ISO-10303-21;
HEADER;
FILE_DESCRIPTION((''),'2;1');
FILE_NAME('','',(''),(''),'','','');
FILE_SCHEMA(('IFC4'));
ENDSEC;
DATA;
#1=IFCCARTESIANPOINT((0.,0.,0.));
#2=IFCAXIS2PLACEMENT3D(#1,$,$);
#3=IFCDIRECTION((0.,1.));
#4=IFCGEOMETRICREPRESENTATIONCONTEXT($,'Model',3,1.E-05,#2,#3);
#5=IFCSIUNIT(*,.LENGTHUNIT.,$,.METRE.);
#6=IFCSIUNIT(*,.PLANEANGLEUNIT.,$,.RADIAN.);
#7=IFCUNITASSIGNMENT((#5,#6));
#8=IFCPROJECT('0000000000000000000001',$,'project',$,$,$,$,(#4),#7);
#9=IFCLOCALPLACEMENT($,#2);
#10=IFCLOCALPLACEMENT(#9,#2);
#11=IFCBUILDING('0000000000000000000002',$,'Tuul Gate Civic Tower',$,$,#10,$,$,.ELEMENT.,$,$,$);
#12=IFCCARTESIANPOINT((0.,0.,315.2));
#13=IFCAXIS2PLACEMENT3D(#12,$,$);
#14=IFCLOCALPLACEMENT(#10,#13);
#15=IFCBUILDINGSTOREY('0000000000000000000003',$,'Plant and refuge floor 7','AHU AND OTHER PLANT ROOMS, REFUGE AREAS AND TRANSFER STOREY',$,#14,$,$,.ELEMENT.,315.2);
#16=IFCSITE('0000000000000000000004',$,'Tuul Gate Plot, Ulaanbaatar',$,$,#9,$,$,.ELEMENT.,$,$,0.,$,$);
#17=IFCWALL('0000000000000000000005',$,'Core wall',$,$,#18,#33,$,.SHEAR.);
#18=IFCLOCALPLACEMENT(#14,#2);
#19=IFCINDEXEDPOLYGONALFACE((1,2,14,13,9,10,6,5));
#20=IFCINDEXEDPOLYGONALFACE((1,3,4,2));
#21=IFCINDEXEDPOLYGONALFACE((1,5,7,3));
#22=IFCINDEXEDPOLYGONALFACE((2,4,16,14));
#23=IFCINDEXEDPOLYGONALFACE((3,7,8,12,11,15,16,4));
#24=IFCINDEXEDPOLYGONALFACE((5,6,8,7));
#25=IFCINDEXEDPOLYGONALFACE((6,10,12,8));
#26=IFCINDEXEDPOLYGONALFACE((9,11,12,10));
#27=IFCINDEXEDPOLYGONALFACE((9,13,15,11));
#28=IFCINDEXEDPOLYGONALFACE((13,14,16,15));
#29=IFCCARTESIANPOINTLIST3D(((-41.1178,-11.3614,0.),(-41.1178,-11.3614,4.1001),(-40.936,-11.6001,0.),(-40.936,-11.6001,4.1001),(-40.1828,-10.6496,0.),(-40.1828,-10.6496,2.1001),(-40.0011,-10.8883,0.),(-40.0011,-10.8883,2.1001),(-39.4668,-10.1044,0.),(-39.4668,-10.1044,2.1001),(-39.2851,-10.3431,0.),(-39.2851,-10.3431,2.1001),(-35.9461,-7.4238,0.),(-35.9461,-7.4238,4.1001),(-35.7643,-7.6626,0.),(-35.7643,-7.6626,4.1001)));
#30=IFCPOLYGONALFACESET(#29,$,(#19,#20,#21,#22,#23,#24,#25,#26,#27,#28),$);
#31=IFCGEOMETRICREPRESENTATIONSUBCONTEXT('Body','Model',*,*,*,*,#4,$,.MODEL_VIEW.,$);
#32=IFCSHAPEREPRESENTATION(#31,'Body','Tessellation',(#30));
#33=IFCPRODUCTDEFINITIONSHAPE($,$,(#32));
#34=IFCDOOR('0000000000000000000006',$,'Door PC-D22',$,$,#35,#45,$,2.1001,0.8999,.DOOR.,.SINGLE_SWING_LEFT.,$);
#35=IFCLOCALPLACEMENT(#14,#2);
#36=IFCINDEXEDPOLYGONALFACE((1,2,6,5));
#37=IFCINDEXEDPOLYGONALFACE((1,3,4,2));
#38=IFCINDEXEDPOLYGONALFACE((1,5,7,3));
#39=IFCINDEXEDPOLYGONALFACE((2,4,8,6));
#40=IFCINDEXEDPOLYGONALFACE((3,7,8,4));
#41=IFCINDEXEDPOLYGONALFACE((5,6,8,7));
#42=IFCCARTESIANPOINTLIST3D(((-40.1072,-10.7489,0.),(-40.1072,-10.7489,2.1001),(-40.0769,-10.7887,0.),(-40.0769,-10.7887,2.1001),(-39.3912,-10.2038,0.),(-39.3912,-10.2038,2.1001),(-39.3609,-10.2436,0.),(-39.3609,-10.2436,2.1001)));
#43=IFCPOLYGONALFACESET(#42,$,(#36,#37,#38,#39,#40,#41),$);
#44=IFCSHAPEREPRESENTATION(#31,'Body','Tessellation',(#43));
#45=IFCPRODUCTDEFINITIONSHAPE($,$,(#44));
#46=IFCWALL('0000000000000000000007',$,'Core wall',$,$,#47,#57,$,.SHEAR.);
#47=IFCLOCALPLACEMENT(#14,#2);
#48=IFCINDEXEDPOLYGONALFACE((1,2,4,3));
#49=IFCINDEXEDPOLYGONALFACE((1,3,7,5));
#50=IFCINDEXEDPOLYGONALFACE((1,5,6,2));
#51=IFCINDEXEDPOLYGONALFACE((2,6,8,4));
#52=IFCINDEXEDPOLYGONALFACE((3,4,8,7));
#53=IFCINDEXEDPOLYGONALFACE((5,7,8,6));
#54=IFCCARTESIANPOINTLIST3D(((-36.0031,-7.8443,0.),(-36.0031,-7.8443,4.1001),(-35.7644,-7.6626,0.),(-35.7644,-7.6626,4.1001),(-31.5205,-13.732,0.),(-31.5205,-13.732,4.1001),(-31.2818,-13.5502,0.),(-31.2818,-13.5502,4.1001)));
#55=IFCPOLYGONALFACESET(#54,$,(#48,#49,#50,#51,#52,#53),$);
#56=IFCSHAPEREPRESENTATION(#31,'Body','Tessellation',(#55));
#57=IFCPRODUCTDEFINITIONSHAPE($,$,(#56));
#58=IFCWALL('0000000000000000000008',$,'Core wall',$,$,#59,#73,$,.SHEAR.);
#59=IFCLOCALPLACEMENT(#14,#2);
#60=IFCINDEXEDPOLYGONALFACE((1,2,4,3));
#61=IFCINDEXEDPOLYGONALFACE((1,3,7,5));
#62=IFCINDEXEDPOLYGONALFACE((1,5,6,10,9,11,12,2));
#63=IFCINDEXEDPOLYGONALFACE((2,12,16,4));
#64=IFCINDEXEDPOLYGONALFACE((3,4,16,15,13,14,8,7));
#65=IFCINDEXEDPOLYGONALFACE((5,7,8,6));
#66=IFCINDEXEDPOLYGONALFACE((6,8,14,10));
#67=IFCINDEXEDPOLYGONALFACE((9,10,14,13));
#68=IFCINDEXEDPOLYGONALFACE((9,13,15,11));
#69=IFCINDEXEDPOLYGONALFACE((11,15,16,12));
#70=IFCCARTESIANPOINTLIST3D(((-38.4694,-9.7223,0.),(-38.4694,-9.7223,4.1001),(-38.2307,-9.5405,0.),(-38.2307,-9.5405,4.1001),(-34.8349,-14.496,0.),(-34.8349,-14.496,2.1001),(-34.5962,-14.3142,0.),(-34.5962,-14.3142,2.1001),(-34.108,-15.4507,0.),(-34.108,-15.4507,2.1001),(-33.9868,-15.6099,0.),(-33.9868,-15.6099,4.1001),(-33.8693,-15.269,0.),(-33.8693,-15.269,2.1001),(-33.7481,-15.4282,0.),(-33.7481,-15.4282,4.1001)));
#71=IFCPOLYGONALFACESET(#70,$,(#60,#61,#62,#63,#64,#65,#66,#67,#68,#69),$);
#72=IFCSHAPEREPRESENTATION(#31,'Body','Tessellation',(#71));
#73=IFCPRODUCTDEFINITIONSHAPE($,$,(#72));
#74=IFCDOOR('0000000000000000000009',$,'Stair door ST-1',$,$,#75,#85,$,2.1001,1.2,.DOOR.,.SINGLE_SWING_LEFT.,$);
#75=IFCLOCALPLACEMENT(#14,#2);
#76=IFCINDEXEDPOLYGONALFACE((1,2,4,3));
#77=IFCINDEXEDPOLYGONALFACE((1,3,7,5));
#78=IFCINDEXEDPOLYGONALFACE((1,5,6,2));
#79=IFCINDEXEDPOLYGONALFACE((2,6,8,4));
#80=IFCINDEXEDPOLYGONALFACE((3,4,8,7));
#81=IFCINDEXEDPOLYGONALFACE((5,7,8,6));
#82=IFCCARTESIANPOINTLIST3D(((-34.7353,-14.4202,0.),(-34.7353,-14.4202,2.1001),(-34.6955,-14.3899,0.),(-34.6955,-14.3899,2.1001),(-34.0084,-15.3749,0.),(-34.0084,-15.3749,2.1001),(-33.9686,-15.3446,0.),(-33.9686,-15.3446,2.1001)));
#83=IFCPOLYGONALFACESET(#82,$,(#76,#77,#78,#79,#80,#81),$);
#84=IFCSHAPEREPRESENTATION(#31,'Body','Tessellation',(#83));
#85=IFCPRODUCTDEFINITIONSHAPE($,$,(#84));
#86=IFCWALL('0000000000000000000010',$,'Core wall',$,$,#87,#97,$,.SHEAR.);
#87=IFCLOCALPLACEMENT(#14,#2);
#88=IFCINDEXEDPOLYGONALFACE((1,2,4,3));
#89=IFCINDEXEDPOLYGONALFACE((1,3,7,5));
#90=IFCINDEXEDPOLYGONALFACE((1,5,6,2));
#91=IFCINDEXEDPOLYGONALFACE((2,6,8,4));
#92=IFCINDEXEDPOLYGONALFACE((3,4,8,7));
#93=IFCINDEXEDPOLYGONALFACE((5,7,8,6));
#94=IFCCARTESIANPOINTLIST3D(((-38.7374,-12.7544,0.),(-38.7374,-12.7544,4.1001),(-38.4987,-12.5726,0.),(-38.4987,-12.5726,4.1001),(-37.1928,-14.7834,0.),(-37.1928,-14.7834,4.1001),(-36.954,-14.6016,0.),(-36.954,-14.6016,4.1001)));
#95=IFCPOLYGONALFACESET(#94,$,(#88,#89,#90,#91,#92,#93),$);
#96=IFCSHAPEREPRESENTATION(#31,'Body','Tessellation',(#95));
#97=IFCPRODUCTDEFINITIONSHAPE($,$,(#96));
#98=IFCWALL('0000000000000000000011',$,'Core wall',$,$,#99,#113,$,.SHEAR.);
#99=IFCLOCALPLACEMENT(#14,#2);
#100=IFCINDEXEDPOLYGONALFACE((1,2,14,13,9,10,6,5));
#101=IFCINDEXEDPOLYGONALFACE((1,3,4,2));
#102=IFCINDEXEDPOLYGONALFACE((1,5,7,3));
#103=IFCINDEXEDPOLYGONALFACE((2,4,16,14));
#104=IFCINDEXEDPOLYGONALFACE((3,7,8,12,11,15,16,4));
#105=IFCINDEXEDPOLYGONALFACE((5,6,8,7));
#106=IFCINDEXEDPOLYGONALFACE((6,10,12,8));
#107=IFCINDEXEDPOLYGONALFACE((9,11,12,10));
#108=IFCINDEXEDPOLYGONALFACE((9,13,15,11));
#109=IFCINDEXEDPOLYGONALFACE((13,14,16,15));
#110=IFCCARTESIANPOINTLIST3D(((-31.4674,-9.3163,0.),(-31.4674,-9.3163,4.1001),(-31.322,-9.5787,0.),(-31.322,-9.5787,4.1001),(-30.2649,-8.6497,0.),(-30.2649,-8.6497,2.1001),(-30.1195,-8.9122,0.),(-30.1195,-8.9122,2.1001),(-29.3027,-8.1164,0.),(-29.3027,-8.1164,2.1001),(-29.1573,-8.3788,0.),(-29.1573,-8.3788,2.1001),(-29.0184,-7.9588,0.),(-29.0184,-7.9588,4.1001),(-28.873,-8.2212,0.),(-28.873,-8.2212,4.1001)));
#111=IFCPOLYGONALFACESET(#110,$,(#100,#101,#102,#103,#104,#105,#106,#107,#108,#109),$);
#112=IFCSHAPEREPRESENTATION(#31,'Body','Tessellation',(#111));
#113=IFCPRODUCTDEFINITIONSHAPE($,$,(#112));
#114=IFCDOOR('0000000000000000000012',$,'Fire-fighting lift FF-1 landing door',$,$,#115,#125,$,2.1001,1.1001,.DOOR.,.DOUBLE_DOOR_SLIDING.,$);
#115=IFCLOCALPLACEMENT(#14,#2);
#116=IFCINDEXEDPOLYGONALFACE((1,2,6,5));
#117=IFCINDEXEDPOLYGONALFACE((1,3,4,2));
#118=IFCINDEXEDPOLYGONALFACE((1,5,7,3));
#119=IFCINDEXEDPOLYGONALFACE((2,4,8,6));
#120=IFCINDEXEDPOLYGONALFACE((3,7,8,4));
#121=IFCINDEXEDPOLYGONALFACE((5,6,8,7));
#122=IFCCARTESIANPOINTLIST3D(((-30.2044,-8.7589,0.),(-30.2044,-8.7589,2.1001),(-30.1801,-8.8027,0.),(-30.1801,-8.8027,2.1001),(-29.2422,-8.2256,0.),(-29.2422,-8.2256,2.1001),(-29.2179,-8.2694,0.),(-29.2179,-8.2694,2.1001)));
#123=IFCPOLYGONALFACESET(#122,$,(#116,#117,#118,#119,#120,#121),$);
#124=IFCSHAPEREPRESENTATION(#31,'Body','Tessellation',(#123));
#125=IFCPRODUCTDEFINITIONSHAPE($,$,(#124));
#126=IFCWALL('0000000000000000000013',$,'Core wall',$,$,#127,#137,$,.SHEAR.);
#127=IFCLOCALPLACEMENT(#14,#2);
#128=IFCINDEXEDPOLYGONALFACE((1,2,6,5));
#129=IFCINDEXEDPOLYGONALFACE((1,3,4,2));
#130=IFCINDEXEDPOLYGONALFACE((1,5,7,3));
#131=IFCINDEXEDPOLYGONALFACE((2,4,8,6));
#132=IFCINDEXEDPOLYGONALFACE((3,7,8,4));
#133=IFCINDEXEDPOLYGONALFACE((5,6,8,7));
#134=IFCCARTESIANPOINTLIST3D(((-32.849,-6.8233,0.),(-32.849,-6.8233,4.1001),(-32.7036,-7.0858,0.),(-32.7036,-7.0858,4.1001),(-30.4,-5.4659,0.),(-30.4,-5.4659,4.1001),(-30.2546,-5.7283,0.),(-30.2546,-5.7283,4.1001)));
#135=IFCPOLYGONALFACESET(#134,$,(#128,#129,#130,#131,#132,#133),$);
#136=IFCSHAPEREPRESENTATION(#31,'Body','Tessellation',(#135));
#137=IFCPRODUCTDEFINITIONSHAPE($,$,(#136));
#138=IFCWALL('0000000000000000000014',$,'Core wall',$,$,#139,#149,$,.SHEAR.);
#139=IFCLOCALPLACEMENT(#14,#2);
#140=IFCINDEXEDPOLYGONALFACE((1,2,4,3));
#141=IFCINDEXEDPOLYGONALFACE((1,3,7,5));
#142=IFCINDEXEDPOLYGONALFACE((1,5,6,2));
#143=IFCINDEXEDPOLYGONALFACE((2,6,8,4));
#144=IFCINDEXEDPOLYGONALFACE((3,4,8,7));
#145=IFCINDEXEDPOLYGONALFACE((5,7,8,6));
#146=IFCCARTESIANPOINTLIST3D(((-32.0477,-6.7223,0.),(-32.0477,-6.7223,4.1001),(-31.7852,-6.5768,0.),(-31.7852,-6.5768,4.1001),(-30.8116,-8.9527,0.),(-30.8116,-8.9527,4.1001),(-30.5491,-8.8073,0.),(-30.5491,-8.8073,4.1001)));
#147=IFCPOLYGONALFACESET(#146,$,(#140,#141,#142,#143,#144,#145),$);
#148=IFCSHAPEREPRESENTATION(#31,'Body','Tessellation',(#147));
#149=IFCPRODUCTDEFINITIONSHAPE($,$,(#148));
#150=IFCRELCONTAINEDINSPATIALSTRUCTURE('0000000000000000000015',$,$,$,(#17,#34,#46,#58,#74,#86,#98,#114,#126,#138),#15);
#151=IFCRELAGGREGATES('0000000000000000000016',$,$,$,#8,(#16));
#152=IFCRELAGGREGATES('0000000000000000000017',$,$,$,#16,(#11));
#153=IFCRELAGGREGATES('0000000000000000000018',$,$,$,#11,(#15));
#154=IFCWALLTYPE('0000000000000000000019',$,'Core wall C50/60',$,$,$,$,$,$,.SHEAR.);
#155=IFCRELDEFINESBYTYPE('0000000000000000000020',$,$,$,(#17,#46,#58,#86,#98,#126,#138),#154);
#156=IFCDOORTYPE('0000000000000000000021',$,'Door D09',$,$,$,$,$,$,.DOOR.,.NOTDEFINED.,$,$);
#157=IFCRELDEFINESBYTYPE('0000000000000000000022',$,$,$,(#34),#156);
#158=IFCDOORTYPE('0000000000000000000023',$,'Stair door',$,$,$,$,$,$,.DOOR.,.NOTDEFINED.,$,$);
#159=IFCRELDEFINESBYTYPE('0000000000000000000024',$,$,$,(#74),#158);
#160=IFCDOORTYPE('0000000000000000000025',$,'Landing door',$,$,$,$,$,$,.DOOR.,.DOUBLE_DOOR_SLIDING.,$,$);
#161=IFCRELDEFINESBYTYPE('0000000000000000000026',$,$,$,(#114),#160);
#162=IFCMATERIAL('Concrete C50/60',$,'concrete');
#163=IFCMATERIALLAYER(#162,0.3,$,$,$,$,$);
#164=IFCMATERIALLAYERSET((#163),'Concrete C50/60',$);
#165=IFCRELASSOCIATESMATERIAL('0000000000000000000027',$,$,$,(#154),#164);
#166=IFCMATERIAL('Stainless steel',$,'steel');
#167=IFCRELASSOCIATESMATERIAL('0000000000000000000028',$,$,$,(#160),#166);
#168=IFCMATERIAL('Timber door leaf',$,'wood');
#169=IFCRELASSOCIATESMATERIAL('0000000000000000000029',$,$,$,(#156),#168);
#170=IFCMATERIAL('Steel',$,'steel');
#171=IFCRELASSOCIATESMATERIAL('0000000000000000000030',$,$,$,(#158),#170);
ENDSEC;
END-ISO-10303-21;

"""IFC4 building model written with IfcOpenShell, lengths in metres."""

from ifc_helpers import new_model, si_unit, direction, frame, frame_2d, origin, place, context, subcontext, project, spatial, rectangle, extrude, material, layer, layer_set, type_object, element, fill, save


model = new_model("IFC4")

# Units and contexts
model_context = context("Model", 3, precision=1e-05, world=origin(), true_north=direction((0.0, 1.0)))
body_context = subcontext(model_context, "Body", "Model", "MODEL_VIEW")
ifc_project = project(units=[si_unit("LENGTHUNIT", "METRE"), si_unit("PLANEANGLEUNIT", "RADIAN")], contexts=[model_context])

# Site, building, storey
site_placement = place(None, origin())
site = spatial("IfcSite", under=ifc_project, at=site_placement, Name="Tuul Gate Plot, Ulaanbaatar", CompositionType="ELEMENT", RefElevation=0.0)
building_placement = place(site_placement, origin())
building = spatial("IfcBuilding", under=site, at=building_placement, Name="Tuul Gate Civic Tower", CompositionType="ELEMENT")
storey_placement = place(building_placement, frame((0.0, 0.0, 315.2)))
storey = spatial("IfcBuildingStorey", under=building, at=storey_placement, Name="Plant and refuge floor 7", Description="AHU AND OTHER PLANT ROOMS, REFUGE AREAS AND TRANSFER STOREY", CompositionType="ELEMENT", Elevation=315.2)

# Shared definitions
ifc_material_1 = material(Name="Concrete C50/60", Category="concrete")
ifc_layer_1 = layer(ifc_material_1, 0.3)
ifc_layer_set_1 = layer_set([ifc_layer_1], Name="Concrete C50/60")
wall_type_1 = type_object("IfcWallType", Name="Core wall C50/60", PredefinedType="SHEAR", material=ifc_layer_set_1)
ifc_material_2 = material(Name="Stainless steel", Category="steel")
door_type_1 = type_object("IfcDoorType", Name="Landing door", OperationType="DOUBLE_DOOR_SLIDING", PredefinedType="DOOR", material=ifc_material_2)

# Wall, opening, door
wall_1_placement = place(storey_placement, frame((-35.8552, -7.5432, 0.0), z_axis=(0.0, 0.0, 1.0), x_axis=(-0.795639, -0.605772, 0.0)))
wall_1 = element("IfcWall", 1, at=wall_1_placement, inside=storey, type_object=wall_type_1, Name="Core wall", PredefinedType="SHEAR", context=body_context, shape_type="SweptSolid", body=[
    extrude(rectangle(XDim=6.5, YDim=0.3, at=frame_2d((3.25, 0.0))), origin(), (0.0, 0.0, 1.0), 4.1001),
])
opening_1_placement = place(wall_1_placement, frame((4.425, 0.0, 0.0)))
opening_1 = element("IfcOpeningElement", 2, at=opening_1_placement, cuts=wall_1, PredefinedType="OPENING", context=body_context, shape_type="SweptSolid", body=[
    extrude(rectangle(XDim=0.8999, YDim=2.1001, at=frame_2d((0.45, 1.05))), frame((0.0, 0.1602, 0.0), z_axis=(0.0, -1.0, 0.0), x_axis=(1.0, 0.0, 0.0)), (0.0, 0.0, 1.0), 0.3201),
])
ifc_material_3 = material(Name="Timber door leaf", Category="wood")
door_type_2 = type_object("IfcDoorType", Name="Door D09", OperationType="NOTDEFINED", PredefinedType="DOOR", material=ifc_material_3)
door_1_placement = place(opening_1_placement, origin())
door_1 = element("IfcDoor", 3, at=door_1_placement, inside=storey, type_object=door_type_2, Name="Door PC-D22", OperationType="SINGLE_SWING_LEFT", OverallHeight=2.1001, OverallWidth=0.8999, PredefinedType="DOOR", context=body_context, shape_type="SweptSolid", body=[
    extrude(rectangle(XDim=0.8999, YDim=2.1001, at=frame_2d((0.45, 1.05))), frame((0.0, 0.0249, 0.0), z_axis=(0.0, -1.0, 0.0), x_axis=(1.0, 0.0, 0.0)), (0.0, 0.0, 1.0), 0.05),
])
fill(opening_1, door_1)

# Wall
wall_2_placement = place(storey_placement, frame((-31.4011, -13.6411, 0.0), z_axis=(0.0, 0.0, 1.0), x_axis=(-0.60577, 0.79564, 0.0)))
element("IfcWall", 4, at=wall_2_placement, inside=storey, type_object=wall_type_1, Name="Core wall", PredefinedType="SHEAR", context=body_context, shape_type="SweptSolid", body=[
    extrude(rectangle(XDim=7.3999, YDim=0.3, at=frame_2d((3.7, 0.0))), origin(), (0.0, 0.0, 1.0), 4.1001),
])

# Wall, opening, door
wall_3_placement = place(storey_placement, frame((-33.8674, -15.519, 0.0), z_axis=(0.0, 0.0, 1.0), x_axis=(-0.60577, 0.79564, 0.0)))
wall_3 = element("IfcWall", 5, at=wall_3_placement, inside=storey, type_object=wall_type_1, Name="Core wall", PredefinedType="SHEAR", context=body_context, shape_type="SweptSolid", body=[
    extrude(rectangle(XDim=7.3999, YDim=0.3, at=frame_2d((3.7, 0.0))), origin(), (0.0, 0.0, 1.0), 4.1001),
])
opening_2_placement = place(wall_3_placement, frame((0.2, 0.0, 0.0)))
opening_2 = element("IfcOpeningElement", 6, at=opening_2_placement, cuts=wall_3, PredefinedType="OPENING", context=body_context, shape_type="SweptSolid", body=[
    extrude(rectangle(XDim=1.2, YDim=2.1001, at=frame_2d((0.6001, 1.05))), frame((0.0, 0.1602, 0.0), z_axis=(0.0, -1.0, 0.0), x_axis=(1.0, 0.0, 0.0)), (0.0, 0.0, 1.0), 0.3201),
])
ifc_material_4 = material(Name="Steel", Category="steel")
door_type_3 = type_object("IfcDoorType", Name="Stair door", OperationType="NOTDEFINED", PredefinedType="DOOR", material=ifc_material_4)
door_2_placement = place(opening_2_placement, origin())
door_2 = element("IfcDoor", 7, at=door_2_placement, inside=storey, type_object=door_type_3, Name="Stair door ST-1", OperationType="SINGLE_SWING_LEFT", OverallHeight=2.1001, OverallWidth=1.2, PredefinedType="DOOR", context=body_context, shape_type="SweptSolid", body=[
    extrude(rectangle(XDim=1.2, YDim=2.1001, at=frame_2d((0.6001, 1.05))), frame((0.0, 0.0249, 0.0), z_axis=(0.0, -1.0, 0.0), x_axis=(1.0, 0.0, 0.0)), (0.0, 0.0, 1.0), 0.05),
])
fill(opening_2, door_2)

# Wall
wall_4_placement = place(storey_placement, frame((-37.0735, -14.6924, 0.0), z_axis=(0.0, 0.0, 1.0), x_axis=(-0.605729, 0.795671, 0.0)))
element("IfcWall", 8, at=wall_4_placement, inside=storey, type_object=wall_type_1, Name="Core wall", PredefinedType="SHEAR", context=body_context, shape_type="SweptSolid", body=[
    extrude(rectangle(XDim=2.55, YDim=0.3, at=frame_2d((1.2749, 0.0))), origin(), (0.0, 0.0, 1.0), 4.1001),
])

# Wall, opening, door
wall_5_placement = place(storey_placement, frame((-28.9458, -8.0901, 0.0), z_axis=(0.0, 0.0, 1.0), x_axis=(-0.87463, -0.484791, 0.0)))
wall_5 = element("IfcWall", 9, at=wall_5_placement, inside=storey, type_object=wall_type_1, Name="Core wall", PredefinedType="SHEAR", context=body_context, shape_type="SweptSolid", body=[
    extrude(rectangle(XDim=2.8, YDim=0.3, at=frame_2d((1.3999, 0.0))), origin(), (0.0, 0.0, 1.0), 4.1001),
])
opening_3_placement = place(wall_5_placement, frame((0.325, 0.0, 0.0)))
opening_3 = element("IfcOpeningElement", 10, at=opening_3_placement, cuts=wall_5, PredefinedType="OPENING", context=body_context, shape_type="SweptSolid", body=[
    extrude(rectangle(XDim=1.1001, YDim=2.1001, at=frame_2d((0.55, 1.05))), frame((0.0, 0.1602, 0.0), z_axis=(0.0, -1.0, 0.0), x_axis=(1.0, 0.0, 0.0)), (0.0, 0.0, 1.0), 0.3201),
])
door_3_placement = place(opening_3_placement, origin())
door_3 = element("IfcDoor", 11, at=door_3_placement, inside=storey, type_object=door_type_1, Name="Fire-fighting lift FF-1 landing door", OperationType="DOUBLE_DOOR_SLIDING", OverallHeight=2.1001, OverallWidth=1.1001, PredefinedType="DOOR", context=body_context, shape_type="SweptSolid", body=[
    extrude(rectangle(XDim=1.1001, YDim=2.1001, at=frame_2d((0.55, 1.05))), frame((0.0, 0.0249, 0.0), z_axis=(0.0, -1.0, 0.0), x_axis=(1.0, 0.0, 0.0)), (0.0, 0.0, 1.0), 0.05),
])
fill(opening_3, door_3)

# Walls
wall_6_placement = place(storey_placement, frame((-30.3274, -5.5972, 0.0), z_axis=(0.0, 0.0, 1.0), x_axis=(-0.87463, -0.484791, 0.0)))
element("IfcWall", 12, at=wall_6_placement, inside=storey, type_object=wall_type_1, Name="Core wall", PredefinedType="SHEAR", context=body_context, shape_type="SweptSolid", body=[
    extrude(rectangle(XDim=2.8, YDim=0.3, at=frame_2d((1.3999, 0.0))), origin(), (0.0, 0.0, 1.0), 4.1001),
])
wall_7_placement = place(storey_placement, frame((-30.6804, -8.8799, 0.0), z_axis=(0.0, 0.0, 1.0), x_axis=(-0.484724, 0.874667, 0.0)))
element("IfcWall", 13, at=wall_7_placement, inside=storey, type_object=wall_type_1, Name="Core wall", PredefinedType="SHEAR", context=body_context, shape_type="SweptSolid", body=[
    extrude(rectangle(XDim=2.55, YDim=0.3, at=frame_2d((1.2749, 0.0))), origin(), (0.0, 0.0, 1.0), 4.1001),
])

save(model, "model.ifc")
